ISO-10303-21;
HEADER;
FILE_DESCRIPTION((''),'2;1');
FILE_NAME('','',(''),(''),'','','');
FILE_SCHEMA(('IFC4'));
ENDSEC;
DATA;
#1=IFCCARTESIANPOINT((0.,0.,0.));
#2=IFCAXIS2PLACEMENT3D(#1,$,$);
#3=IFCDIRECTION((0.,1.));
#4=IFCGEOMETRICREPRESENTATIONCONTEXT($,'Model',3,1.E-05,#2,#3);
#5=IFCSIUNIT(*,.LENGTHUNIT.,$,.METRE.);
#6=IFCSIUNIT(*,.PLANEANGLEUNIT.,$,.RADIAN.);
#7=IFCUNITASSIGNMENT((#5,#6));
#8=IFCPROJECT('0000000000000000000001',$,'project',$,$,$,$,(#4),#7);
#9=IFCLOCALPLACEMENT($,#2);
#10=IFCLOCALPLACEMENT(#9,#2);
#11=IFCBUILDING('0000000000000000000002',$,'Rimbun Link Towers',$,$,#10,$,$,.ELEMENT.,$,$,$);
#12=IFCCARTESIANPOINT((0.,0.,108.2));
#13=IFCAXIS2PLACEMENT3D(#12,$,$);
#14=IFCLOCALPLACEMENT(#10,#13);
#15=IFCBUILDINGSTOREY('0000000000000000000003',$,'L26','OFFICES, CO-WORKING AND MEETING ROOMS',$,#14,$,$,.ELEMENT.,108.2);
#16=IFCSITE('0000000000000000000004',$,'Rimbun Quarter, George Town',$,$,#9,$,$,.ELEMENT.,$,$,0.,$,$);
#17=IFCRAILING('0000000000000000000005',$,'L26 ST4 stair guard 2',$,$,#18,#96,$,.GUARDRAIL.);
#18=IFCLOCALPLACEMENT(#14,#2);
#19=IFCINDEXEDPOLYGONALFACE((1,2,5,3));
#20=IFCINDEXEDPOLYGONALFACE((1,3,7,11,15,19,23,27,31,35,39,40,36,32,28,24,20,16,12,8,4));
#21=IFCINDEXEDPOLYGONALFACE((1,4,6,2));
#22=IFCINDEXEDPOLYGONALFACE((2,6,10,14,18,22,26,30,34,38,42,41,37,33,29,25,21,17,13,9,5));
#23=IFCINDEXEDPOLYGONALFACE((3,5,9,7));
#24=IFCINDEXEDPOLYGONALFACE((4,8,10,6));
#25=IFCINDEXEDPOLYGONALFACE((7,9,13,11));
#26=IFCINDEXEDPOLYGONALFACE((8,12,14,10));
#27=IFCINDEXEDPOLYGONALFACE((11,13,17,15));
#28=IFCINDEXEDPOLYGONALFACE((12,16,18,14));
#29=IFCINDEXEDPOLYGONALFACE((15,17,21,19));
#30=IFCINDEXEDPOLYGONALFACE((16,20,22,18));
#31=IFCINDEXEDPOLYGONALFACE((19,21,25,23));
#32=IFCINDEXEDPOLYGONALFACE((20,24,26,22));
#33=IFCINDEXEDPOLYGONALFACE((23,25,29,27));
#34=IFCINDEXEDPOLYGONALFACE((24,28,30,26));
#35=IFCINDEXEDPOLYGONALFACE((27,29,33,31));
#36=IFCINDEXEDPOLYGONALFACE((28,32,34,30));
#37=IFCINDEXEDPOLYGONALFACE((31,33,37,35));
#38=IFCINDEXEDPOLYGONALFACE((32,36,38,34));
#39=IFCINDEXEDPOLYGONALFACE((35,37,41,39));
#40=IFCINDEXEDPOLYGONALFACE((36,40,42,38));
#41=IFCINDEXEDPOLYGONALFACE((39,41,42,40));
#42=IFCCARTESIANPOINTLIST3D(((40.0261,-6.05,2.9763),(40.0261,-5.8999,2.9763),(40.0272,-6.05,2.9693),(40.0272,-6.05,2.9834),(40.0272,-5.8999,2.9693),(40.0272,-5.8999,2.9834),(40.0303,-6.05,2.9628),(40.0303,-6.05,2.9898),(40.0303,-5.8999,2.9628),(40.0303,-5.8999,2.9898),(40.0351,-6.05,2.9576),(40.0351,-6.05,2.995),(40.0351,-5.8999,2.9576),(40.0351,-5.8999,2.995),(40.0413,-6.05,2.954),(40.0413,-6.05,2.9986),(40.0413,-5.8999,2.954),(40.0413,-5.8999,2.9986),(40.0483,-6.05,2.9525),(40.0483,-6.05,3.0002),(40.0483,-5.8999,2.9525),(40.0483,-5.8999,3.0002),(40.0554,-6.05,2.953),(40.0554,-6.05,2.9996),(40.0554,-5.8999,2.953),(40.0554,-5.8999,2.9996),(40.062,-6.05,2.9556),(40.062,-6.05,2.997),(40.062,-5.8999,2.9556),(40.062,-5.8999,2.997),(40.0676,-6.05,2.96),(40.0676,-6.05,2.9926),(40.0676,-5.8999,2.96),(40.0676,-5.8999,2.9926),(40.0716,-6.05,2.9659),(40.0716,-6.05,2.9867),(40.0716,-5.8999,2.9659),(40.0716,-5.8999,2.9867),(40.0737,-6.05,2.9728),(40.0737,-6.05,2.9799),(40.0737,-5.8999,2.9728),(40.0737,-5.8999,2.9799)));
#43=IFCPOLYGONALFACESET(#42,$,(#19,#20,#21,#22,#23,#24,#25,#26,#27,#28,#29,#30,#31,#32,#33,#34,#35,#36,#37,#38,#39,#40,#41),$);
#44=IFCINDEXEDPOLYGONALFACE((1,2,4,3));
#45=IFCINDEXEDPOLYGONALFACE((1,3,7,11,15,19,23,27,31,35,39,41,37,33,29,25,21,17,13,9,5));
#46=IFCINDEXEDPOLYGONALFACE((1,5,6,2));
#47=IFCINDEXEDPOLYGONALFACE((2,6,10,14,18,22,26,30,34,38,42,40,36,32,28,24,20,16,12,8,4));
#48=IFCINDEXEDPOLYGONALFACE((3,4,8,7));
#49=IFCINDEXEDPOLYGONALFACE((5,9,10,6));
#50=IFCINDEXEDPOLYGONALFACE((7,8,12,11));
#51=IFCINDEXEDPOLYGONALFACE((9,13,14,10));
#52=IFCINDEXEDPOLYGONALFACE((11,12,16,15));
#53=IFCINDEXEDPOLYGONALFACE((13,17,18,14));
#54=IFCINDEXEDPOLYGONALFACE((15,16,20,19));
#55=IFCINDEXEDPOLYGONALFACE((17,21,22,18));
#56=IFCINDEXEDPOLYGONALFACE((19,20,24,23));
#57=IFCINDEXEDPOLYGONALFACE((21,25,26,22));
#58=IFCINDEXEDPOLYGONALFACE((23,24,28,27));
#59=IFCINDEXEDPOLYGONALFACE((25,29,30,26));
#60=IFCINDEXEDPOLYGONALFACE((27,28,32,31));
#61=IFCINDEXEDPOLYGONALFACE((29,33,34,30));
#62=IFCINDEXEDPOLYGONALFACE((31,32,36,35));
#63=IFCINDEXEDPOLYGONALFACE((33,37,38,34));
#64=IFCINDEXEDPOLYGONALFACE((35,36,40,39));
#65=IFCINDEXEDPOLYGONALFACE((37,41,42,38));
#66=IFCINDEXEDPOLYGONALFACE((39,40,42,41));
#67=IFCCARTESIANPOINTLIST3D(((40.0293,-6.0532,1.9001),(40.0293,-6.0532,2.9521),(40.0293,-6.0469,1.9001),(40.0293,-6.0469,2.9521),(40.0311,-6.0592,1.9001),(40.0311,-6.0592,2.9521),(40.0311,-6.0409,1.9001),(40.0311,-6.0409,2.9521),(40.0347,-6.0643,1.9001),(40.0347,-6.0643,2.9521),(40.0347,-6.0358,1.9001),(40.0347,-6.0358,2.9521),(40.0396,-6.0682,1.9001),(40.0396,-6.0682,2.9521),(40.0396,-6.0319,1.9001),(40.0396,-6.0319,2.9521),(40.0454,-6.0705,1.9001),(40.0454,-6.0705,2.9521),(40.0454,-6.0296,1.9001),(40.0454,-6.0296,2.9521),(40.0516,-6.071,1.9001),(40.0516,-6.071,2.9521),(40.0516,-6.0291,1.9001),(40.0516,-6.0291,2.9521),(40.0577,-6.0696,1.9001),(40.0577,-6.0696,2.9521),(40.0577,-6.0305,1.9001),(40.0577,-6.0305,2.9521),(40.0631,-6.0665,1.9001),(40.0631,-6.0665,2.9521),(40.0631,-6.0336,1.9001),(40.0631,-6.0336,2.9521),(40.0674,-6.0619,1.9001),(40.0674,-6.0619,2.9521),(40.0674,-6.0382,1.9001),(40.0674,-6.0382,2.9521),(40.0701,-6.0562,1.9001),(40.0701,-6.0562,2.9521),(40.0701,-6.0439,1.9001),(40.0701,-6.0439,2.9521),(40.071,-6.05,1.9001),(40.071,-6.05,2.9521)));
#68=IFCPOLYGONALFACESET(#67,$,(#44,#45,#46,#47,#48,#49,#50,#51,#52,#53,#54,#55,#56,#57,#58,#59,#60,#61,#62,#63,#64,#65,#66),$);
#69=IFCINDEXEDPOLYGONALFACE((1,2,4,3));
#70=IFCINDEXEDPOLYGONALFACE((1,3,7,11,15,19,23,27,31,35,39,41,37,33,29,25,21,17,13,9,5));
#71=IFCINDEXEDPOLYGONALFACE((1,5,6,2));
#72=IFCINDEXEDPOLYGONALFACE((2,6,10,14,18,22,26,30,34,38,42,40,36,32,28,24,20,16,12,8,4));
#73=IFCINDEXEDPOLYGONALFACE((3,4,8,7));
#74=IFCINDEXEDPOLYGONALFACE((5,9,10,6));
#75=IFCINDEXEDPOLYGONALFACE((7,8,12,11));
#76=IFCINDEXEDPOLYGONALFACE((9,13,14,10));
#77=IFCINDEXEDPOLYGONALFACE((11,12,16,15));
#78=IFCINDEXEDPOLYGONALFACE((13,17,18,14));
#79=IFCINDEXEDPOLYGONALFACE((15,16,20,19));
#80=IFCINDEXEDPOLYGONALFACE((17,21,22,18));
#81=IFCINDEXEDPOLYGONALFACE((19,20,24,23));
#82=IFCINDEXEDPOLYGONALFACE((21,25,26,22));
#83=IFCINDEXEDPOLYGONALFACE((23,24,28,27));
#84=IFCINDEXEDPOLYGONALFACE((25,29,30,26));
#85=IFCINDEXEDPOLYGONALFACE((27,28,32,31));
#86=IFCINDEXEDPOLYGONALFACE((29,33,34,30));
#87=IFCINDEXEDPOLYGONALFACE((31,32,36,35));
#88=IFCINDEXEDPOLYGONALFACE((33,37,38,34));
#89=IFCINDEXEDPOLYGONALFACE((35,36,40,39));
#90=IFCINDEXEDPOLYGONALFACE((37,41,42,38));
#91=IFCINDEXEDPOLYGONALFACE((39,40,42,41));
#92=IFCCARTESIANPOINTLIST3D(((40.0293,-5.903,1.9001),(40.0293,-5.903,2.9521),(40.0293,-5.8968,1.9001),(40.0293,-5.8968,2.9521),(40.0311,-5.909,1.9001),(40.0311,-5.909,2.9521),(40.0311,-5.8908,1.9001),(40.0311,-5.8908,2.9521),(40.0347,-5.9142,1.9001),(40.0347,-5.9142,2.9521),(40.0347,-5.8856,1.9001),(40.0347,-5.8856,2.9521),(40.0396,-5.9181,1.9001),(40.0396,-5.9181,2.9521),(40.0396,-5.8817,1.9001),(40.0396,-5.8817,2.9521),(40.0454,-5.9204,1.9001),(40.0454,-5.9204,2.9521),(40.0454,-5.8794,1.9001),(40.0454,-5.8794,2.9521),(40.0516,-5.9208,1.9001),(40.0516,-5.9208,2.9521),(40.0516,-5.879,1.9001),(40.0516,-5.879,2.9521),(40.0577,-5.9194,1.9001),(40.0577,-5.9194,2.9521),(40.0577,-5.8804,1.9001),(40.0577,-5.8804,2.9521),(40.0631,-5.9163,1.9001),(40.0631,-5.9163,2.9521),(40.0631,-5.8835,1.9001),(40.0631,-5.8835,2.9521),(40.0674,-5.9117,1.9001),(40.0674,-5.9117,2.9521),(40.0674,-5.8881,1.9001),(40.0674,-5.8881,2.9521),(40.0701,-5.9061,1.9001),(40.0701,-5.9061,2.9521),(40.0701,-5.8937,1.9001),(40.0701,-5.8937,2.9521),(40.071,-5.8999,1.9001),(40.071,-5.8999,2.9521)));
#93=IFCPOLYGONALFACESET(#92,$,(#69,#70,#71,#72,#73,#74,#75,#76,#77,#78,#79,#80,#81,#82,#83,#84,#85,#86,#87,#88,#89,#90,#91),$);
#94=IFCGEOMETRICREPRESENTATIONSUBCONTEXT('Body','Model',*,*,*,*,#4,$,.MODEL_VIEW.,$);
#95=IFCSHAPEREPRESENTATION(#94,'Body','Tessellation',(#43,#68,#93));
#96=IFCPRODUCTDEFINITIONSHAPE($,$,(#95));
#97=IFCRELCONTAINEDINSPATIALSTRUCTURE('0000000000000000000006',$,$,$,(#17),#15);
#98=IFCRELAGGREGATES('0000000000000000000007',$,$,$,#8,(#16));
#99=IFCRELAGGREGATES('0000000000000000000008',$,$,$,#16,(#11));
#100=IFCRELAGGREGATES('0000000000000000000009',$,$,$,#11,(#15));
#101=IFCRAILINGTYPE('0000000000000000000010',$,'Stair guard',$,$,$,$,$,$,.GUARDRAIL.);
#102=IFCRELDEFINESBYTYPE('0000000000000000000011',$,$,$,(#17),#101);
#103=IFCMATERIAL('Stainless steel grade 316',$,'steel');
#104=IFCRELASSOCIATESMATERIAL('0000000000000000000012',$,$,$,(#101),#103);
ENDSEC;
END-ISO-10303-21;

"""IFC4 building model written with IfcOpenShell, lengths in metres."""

from ifc_helpers import new_model, si_unit, direction, frame, origin, origin_2d, place, context, subcontext, project, spatial, circle, extrude, material, type_object, element, save


model = new_model("IFC4")

# Units and contexts
model_context = context("Model", 3, precision=1e-05, world=origin(), true_north=direction((0.0, 1.0)))
body_context = subcontext(model_context, "Body", "Model", "MODEL_VIEW")
ifc_project = project(units=[si_unit("LENGTHUNIT", "METRE"), si_unit("PLANEANGLEUNIT", "RADIAN")], contexts=[model_context])

# Site, building, storey
site_placement = place(None, origin())
site = spatial("IfcSite", under=ifc_project, at=site_placement, Name="Rimbun Quarter, George Town", CompositionType="ELEMENT", RefElevation=0.0)
building_placement = place(site_placement, origin())
building = spatial("IfcBuilding", under=site, at=building_placement, Name="Rimbun Link Towers", CompositionType="ELEMENT")
storey_placement = place(building_placement, frame((0.0, 0.0, 108.2)))
storey = spatial("IfcBuildingStorey", under=building, at=storey_placement, Name="L26", Description="OFFICES, CO-WORKING AND MEETING ROOMS", CompositionType="ELEMENT", Elevation=108.2)

# Railing
ifc_material_1 = material(Name="Stainless steel grade 316", Category="steel")
railing_type_1 = type_object("IfcRailingType", Name="Stair guard", PredefinedType="GUARDRAIL", material=ifc_material_1)
railing_1_placement = place(storey_placement, frame((40.05, -6.05, 1.9001)))
element("IfcRailing", 1, at=railing_1_placement, inside=storey, type_object=railing_type_1, Name="L26 ST4 stair guard 2", PredefinedType="GUARDRAIL", context=body_context, shape_type="SweptSolid", body=[
    extrude(circle(Radius=0.0239, at=origin_2d()), frame((0.0, 0.0, 1.0762), z_axis=(0.0, 1.0, 0.0), x_axis=(-1.0, 0.0, 0.0)), (0.0, 0.0, 1.0), 0.1501),
    extrude(circle(Radius=0.021, at=origin_2d()), origin(), (0.0, 0.0, 1.0), 1.052),
    extrude(circle(Radius=0.021, at=origin_2d()), frame((0.0, 0.1501, 0.0)), (0.0, 0.0, 1.0), 1.052),
])

save(model, "model.ifc")
